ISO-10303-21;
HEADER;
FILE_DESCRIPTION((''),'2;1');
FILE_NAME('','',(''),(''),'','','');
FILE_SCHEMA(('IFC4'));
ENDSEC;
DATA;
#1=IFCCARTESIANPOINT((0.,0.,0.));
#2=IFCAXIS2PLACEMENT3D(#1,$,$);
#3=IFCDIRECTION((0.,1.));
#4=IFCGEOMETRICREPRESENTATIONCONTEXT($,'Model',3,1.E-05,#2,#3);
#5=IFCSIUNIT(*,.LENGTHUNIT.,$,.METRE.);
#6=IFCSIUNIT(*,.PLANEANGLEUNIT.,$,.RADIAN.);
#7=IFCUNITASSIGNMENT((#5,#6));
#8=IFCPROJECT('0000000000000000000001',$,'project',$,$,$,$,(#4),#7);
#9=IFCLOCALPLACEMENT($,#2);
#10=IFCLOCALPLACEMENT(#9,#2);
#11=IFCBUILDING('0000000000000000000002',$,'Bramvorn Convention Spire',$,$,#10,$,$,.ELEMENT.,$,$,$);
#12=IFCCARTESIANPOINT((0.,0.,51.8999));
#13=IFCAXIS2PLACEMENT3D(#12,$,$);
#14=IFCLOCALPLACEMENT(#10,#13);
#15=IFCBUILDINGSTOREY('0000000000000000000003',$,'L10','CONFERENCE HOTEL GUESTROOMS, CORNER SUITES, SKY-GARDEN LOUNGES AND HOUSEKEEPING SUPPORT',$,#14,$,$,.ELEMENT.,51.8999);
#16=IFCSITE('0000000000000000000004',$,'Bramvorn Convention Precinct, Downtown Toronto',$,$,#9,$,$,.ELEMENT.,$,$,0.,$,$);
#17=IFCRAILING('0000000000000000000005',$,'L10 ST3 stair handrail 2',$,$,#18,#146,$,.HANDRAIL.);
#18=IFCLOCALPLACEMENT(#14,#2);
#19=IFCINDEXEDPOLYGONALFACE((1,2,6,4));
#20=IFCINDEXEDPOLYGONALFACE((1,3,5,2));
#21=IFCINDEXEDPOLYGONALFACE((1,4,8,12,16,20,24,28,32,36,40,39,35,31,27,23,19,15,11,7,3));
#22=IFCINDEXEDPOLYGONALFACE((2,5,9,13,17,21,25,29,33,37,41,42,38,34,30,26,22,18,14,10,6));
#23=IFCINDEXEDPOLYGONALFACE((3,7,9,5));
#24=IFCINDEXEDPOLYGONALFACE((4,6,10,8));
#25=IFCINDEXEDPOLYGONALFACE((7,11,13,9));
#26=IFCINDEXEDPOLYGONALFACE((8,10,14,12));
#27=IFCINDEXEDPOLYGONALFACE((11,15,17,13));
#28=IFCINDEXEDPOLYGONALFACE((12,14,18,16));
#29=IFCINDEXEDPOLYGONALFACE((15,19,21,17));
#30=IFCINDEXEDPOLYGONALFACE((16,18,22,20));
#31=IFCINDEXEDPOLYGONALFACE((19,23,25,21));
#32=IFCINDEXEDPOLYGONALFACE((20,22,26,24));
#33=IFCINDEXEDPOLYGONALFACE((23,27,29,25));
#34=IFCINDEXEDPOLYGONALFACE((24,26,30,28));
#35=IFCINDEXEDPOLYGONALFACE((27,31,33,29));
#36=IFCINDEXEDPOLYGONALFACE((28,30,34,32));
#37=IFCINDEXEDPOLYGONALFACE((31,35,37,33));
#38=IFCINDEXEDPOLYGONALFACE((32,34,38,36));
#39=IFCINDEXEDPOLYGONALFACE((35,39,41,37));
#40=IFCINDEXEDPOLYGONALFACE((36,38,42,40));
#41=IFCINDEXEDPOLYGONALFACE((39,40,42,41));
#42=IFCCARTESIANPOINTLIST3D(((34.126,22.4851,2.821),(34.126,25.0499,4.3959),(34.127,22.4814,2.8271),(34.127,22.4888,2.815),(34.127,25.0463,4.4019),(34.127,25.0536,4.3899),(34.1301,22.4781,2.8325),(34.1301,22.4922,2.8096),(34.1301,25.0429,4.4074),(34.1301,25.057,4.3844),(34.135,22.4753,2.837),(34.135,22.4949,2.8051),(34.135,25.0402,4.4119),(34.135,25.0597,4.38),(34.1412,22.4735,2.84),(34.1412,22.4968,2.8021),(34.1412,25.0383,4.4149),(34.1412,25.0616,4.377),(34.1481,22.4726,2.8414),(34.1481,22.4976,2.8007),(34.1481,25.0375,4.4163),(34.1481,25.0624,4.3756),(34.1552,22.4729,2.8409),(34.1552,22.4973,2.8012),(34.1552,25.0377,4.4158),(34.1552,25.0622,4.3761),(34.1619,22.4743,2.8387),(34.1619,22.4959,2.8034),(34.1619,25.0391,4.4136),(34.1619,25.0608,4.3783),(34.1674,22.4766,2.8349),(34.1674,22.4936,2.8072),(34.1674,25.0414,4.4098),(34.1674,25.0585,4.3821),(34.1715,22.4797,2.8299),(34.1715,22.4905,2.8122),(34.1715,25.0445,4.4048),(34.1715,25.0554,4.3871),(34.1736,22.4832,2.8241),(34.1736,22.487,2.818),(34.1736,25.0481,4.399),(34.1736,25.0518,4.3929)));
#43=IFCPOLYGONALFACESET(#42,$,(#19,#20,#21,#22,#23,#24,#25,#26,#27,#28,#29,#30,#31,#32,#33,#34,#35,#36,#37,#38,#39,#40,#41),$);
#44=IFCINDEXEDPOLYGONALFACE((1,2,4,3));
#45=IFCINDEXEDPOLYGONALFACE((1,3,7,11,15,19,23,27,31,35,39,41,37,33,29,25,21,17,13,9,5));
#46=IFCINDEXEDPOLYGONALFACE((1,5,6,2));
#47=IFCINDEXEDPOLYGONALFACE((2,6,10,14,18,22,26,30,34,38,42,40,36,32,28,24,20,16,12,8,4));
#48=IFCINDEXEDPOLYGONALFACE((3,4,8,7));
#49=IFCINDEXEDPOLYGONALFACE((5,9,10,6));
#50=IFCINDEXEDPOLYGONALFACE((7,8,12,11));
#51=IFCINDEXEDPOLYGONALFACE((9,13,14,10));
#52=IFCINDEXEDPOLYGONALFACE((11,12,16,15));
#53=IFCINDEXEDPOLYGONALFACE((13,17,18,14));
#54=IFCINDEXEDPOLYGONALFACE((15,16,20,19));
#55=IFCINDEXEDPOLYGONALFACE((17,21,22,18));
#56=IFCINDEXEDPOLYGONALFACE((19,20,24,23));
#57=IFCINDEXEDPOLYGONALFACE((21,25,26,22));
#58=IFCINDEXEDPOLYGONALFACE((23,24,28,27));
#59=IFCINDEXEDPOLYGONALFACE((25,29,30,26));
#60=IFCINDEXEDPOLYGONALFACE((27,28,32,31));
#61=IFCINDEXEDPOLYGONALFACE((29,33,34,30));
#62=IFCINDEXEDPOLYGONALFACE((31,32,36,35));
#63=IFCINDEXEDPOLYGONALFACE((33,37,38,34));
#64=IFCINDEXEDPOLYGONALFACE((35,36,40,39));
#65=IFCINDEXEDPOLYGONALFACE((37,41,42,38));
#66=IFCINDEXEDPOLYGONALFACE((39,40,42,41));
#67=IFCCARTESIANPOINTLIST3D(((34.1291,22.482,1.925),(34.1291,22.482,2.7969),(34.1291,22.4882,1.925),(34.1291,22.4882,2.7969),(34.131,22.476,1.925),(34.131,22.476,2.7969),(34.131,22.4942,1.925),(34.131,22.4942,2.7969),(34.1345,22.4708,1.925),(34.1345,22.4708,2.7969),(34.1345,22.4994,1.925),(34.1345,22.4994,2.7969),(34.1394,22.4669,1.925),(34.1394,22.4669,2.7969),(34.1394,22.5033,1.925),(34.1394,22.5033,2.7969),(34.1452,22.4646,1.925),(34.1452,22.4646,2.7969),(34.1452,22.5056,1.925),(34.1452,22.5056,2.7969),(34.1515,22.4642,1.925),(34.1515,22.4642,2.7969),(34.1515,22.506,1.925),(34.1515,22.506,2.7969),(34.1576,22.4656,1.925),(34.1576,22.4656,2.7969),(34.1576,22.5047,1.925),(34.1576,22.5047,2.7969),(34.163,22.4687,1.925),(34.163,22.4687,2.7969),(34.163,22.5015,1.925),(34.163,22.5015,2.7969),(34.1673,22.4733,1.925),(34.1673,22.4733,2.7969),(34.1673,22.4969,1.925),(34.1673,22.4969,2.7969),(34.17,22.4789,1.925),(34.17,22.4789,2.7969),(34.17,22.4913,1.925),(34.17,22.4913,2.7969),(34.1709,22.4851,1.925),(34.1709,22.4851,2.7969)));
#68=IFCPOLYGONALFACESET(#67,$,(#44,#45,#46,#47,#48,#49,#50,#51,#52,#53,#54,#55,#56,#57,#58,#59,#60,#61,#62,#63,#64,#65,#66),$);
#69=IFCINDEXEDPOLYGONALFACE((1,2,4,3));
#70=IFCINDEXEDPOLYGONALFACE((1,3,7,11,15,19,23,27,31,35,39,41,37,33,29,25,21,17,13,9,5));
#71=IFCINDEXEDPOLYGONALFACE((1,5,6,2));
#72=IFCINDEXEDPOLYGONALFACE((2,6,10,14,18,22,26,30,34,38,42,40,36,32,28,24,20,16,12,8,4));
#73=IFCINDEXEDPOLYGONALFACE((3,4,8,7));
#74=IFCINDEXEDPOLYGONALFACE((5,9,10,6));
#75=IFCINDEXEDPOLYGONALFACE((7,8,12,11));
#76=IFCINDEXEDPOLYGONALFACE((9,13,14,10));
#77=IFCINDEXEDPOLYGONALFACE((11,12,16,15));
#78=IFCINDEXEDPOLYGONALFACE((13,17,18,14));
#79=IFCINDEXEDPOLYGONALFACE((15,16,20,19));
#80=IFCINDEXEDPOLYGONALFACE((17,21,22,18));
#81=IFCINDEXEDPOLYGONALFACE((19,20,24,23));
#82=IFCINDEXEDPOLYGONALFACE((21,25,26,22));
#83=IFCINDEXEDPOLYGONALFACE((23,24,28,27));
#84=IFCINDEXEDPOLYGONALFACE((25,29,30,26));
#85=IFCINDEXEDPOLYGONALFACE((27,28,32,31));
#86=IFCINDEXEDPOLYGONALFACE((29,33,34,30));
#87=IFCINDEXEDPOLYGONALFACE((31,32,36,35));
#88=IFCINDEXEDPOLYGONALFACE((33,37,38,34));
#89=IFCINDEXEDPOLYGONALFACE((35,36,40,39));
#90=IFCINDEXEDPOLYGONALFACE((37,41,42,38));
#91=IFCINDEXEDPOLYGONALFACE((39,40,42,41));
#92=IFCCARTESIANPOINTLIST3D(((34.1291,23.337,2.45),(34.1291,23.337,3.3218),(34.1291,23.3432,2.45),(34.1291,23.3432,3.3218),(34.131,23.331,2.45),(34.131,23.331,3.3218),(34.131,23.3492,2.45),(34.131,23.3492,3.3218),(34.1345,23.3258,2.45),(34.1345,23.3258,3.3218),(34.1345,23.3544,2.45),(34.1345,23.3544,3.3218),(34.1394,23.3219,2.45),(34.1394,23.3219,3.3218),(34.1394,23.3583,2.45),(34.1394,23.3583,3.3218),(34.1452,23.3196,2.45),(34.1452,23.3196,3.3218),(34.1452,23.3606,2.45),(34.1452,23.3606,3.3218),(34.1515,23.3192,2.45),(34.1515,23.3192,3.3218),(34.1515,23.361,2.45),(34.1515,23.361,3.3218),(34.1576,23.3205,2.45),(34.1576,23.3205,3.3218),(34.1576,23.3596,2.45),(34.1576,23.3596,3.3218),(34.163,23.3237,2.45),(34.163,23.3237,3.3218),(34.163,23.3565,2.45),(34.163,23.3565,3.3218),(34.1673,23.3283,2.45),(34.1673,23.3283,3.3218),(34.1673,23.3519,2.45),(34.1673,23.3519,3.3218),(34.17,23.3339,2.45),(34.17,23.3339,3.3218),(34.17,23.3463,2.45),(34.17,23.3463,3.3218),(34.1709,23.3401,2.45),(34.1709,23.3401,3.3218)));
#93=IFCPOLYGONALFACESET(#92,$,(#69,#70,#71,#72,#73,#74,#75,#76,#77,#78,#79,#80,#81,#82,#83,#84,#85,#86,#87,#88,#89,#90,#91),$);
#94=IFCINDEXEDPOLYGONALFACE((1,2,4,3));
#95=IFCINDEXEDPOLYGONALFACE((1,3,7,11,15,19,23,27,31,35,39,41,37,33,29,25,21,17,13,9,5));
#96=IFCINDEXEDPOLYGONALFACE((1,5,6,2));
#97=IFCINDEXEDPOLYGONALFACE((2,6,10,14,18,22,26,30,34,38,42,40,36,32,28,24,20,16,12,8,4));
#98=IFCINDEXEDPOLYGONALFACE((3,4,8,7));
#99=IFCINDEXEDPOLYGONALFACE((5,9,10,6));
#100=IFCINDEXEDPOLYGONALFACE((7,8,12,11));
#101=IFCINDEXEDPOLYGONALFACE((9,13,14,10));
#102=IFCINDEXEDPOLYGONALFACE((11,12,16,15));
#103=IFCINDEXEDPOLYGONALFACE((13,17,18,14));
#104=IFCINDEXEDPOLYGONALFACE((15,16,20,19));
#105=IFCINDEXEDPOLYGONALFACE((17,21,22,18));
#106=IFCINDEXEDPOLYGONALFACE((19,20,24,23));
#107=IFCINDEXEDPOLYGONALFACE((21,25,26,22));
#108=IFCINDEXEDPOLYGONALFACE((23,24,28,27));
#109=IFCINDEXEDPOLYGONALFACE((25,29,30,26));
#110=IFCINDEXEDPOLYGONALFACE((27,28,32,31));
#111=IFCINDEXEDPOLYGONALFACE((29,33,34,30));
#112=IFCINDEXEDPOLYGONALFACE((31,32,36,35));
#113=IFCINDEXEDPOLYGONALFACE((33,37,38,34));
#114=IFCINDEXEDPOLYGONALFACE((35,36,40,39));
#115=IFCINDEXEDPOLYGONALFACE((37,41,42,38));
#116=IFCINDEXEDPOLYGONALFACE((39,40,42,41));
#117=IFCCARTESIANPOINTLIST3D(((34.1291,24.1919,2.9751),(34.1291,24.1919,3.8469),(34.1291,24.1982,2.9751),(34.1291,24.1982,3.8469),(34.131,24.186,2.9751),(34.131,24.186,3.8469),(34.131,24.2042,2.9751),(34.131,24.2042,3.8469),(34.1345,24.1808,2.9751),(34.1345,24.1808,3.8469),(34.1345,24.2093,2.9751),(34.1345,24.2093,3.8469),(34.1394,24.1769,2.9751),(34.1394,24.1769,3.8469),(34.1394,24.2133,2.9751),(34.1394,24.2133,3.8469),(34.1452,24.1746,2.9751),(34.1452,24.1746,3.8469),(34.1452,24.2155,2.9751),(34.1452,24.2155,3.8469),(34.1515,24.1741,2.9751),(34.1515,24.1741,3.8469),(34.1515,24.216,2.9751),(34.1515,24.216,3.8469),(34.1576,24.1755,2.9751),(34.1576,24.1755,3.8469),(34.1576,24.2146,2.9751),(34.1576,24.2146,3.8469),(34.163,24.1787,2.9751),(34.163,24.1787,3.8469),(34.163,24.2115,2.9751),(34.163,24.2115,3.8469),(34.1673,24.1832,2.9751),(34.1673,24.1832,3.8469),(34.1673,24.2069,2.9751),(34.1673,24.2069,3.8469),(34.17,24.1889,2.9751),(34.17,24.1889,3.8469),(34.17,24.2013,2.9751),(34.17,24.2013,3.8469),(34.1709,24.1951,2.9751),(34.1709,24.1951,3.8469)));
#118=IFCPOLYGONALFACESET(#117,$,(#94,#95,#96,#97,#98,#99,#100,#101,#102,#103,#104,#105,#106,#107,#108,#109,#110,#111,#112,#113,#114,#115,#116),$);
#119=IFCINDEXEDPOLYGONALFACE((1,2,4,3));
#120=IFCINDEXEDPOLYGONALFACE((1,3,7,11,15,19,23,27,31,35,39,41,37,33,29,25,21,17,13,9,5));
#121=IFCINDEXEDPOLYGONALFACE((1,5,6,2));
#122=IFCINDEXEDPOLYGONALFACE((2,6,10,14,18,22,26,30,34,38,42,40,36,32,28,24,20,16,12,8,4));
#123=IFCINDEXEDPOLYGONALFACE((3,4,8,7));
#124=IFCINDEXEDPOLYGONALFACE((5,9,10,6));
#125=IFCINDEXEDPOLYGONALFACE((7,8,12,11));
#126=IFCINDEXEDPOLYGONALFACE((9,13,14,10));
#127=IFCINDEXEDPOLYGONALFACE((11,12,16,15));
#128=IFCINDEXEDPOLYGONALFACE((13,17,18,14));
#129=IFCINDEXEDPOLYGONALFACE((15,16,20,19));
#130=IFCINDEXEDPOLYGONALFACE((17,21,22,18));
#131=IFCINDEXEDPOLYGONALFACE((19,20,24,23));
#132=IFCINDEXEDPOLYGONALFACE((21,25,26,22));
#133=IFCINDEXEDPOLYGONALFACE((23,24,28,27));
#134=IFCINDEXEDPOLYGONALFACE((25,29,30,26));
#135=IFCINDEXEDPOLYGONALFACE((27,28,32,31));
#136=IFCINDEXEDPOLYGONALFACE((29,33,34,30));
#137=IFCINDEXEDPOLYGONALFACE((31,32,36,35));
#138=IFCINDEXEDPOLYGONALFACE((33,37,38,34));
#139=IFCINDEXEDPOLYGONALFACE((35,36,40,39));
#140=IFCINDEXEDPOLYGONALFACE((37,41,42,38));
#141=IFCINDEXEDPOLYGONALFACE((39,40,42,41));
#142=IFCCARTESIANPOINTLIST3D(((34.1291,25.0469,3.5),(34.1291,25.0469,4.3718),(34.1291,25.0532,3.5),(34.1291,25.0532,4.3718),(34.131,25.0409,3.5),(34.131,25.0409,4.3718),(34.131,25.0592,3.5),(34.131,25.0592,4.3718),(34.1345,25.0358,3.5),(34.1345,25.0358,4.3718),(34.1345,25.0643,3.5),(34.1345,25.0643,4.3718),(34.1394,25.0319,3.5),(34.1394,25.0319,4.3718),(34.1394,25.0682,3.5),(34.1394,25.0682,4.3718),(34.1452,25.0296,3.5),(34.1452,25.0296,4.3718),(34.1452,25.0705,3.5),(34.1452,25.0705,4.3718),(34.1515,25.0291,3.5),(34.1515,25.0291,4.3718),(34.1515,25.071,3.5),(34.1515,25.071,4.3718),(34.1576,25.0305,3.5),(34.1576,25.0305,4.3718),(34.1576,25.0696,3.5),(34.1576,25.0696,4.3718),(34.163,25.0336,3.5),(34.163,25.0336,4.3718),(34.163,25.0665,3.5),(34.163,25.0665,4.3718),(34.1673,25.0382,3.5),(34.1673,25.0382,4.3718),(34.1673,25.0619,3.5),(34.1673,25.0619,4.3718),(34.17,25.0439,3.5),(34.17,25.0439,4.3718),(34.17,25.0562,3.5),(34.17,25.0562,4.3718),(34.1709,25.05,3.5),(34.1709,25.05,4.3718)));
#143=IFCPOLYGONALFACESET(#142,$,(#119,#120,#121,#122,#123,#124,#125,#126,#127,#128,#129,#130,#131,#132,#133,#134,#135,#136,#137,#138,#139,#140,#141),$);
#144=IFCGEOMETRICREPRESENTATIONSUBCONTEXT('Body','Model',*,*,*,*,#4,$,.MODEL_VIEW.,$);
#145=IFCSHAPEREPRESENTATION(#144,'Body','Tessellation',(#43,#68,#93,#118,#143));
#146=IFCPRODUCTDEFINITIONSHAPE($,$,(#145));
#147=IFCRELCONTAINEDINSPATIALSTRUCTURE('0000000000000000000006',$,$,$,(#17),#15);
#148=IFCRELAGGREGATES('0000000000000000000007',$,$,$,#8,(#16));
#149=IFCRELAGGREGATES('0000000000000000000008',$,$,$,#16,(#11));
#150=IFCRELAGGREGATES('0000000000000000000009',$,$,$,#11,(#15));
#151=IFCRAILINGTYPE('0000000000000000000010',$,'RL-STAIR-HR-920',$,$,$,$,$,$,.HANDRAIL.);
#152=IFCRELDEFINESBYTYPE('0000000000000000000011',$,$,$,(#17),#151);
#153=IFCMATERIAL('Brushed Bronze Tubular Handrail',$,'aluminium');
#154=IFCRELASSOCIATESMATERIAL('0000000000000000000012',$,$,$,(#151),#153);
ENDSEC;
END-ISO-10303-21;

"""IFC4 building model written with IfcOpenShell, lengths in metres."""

from ifc_helpers import new_model, si_unit, direction, frame, origin, origin_2d, place, context, subcontext, project, spatial, circle, extrude, material, type_object, element, save


model = new_model("IFC4")

# Units and contexts
model_context = context("Model", 3, precision=1e-05, world=origin(), true_north=direction((0.0, 1.0)))
body_context = subcontext(model_context, "Body", "Model", "MODEL_VIEW")
ifc_project = project(units=[si_unit("LENGTHUNIT", "METRE"), si_unit("PLANEANGLEUNIT", "RADIAN")], contexts=[model_context])

# Site, building, storey
site_placement = place(None, origin())
site = spatial("IfcSite", under=ifc_project, at=site_placement, Name="Bramvorn Convention Precinct, Downtown Toronto", CompositionType="ELEMENT", RefElevation=0.0)
building_placement = place(site_placement, origin())
building = spatial("IfcBuilding", under=site, at=building_placement, Name="Bramvorn Convention Spire", CompositionType="ELEMENT")
storey_placement = place(building_placement, frame((0.0, 0.0, 51.8999)))
storey = spatial("IfcBuildingStorey", under=building, at=storey_placement, Name="L10", Description="CONFERENCE HOTEL GUESTROOMS, CORNER SUITES, SKY-GARDEN LOUNGES AND HOUSEKEEPING SUPPORT", CompositionType="ELEMENT", Elevation=51.8999)

# Railing
ifc_material_1 = material(Name="Brushed Bronze Tubular Handrail", Category="aluminium")
railing_type_1 = type_object("IfcRailingType", Name="RL-STAIR-HR-920", PredefinedType="HANDRAIL", material=ifc_material_1)
railing_1_placement = place(storey_placement, frame((34.1499, 22.4851, 1.925)))
element("IfcRailing", 1, at=railing_1_placement, inside=storey, type_object=railing_type_1, Name="L10 ST3 stair handrail 2", PredefinedType="HANDRAIL", context=body_context, shape_type="SweptSolid", body=[
    extrude(circle(Radius=0.0239, at=origin_2d()), frame((0.0, 0.0, 0.896), z_axis=(0.0, 0.852173, 0.52326), x_axis=(-1.0, 0.0, 0.0)), (0.0, 0.0, 1.0), 3.0098),
    extrude(circle(Radius=0.021, at=origin_2d()), origin(), (0.0, 0.0, 1.0), 0.8718),
    extrude(circle(Radius=0.021, at=origin_2d()), frame((0.0, 0.855, 0.5249)), (0.0, 0.0, 1.0), 0.8718),
    extrude(circle(Radius=0.021, at=origin_2d()), frame((0.0, 1.71, 1.05)), (0.0, 0.0, 1.0), 0.8718),
    extrude(circle(Radius=0.021, at=origin_2d()), frame((0.0, 2.5649, 1.575)), (0.0, 0.0, 1.0), 0.8718),
])

save(model, "model.ifc")
